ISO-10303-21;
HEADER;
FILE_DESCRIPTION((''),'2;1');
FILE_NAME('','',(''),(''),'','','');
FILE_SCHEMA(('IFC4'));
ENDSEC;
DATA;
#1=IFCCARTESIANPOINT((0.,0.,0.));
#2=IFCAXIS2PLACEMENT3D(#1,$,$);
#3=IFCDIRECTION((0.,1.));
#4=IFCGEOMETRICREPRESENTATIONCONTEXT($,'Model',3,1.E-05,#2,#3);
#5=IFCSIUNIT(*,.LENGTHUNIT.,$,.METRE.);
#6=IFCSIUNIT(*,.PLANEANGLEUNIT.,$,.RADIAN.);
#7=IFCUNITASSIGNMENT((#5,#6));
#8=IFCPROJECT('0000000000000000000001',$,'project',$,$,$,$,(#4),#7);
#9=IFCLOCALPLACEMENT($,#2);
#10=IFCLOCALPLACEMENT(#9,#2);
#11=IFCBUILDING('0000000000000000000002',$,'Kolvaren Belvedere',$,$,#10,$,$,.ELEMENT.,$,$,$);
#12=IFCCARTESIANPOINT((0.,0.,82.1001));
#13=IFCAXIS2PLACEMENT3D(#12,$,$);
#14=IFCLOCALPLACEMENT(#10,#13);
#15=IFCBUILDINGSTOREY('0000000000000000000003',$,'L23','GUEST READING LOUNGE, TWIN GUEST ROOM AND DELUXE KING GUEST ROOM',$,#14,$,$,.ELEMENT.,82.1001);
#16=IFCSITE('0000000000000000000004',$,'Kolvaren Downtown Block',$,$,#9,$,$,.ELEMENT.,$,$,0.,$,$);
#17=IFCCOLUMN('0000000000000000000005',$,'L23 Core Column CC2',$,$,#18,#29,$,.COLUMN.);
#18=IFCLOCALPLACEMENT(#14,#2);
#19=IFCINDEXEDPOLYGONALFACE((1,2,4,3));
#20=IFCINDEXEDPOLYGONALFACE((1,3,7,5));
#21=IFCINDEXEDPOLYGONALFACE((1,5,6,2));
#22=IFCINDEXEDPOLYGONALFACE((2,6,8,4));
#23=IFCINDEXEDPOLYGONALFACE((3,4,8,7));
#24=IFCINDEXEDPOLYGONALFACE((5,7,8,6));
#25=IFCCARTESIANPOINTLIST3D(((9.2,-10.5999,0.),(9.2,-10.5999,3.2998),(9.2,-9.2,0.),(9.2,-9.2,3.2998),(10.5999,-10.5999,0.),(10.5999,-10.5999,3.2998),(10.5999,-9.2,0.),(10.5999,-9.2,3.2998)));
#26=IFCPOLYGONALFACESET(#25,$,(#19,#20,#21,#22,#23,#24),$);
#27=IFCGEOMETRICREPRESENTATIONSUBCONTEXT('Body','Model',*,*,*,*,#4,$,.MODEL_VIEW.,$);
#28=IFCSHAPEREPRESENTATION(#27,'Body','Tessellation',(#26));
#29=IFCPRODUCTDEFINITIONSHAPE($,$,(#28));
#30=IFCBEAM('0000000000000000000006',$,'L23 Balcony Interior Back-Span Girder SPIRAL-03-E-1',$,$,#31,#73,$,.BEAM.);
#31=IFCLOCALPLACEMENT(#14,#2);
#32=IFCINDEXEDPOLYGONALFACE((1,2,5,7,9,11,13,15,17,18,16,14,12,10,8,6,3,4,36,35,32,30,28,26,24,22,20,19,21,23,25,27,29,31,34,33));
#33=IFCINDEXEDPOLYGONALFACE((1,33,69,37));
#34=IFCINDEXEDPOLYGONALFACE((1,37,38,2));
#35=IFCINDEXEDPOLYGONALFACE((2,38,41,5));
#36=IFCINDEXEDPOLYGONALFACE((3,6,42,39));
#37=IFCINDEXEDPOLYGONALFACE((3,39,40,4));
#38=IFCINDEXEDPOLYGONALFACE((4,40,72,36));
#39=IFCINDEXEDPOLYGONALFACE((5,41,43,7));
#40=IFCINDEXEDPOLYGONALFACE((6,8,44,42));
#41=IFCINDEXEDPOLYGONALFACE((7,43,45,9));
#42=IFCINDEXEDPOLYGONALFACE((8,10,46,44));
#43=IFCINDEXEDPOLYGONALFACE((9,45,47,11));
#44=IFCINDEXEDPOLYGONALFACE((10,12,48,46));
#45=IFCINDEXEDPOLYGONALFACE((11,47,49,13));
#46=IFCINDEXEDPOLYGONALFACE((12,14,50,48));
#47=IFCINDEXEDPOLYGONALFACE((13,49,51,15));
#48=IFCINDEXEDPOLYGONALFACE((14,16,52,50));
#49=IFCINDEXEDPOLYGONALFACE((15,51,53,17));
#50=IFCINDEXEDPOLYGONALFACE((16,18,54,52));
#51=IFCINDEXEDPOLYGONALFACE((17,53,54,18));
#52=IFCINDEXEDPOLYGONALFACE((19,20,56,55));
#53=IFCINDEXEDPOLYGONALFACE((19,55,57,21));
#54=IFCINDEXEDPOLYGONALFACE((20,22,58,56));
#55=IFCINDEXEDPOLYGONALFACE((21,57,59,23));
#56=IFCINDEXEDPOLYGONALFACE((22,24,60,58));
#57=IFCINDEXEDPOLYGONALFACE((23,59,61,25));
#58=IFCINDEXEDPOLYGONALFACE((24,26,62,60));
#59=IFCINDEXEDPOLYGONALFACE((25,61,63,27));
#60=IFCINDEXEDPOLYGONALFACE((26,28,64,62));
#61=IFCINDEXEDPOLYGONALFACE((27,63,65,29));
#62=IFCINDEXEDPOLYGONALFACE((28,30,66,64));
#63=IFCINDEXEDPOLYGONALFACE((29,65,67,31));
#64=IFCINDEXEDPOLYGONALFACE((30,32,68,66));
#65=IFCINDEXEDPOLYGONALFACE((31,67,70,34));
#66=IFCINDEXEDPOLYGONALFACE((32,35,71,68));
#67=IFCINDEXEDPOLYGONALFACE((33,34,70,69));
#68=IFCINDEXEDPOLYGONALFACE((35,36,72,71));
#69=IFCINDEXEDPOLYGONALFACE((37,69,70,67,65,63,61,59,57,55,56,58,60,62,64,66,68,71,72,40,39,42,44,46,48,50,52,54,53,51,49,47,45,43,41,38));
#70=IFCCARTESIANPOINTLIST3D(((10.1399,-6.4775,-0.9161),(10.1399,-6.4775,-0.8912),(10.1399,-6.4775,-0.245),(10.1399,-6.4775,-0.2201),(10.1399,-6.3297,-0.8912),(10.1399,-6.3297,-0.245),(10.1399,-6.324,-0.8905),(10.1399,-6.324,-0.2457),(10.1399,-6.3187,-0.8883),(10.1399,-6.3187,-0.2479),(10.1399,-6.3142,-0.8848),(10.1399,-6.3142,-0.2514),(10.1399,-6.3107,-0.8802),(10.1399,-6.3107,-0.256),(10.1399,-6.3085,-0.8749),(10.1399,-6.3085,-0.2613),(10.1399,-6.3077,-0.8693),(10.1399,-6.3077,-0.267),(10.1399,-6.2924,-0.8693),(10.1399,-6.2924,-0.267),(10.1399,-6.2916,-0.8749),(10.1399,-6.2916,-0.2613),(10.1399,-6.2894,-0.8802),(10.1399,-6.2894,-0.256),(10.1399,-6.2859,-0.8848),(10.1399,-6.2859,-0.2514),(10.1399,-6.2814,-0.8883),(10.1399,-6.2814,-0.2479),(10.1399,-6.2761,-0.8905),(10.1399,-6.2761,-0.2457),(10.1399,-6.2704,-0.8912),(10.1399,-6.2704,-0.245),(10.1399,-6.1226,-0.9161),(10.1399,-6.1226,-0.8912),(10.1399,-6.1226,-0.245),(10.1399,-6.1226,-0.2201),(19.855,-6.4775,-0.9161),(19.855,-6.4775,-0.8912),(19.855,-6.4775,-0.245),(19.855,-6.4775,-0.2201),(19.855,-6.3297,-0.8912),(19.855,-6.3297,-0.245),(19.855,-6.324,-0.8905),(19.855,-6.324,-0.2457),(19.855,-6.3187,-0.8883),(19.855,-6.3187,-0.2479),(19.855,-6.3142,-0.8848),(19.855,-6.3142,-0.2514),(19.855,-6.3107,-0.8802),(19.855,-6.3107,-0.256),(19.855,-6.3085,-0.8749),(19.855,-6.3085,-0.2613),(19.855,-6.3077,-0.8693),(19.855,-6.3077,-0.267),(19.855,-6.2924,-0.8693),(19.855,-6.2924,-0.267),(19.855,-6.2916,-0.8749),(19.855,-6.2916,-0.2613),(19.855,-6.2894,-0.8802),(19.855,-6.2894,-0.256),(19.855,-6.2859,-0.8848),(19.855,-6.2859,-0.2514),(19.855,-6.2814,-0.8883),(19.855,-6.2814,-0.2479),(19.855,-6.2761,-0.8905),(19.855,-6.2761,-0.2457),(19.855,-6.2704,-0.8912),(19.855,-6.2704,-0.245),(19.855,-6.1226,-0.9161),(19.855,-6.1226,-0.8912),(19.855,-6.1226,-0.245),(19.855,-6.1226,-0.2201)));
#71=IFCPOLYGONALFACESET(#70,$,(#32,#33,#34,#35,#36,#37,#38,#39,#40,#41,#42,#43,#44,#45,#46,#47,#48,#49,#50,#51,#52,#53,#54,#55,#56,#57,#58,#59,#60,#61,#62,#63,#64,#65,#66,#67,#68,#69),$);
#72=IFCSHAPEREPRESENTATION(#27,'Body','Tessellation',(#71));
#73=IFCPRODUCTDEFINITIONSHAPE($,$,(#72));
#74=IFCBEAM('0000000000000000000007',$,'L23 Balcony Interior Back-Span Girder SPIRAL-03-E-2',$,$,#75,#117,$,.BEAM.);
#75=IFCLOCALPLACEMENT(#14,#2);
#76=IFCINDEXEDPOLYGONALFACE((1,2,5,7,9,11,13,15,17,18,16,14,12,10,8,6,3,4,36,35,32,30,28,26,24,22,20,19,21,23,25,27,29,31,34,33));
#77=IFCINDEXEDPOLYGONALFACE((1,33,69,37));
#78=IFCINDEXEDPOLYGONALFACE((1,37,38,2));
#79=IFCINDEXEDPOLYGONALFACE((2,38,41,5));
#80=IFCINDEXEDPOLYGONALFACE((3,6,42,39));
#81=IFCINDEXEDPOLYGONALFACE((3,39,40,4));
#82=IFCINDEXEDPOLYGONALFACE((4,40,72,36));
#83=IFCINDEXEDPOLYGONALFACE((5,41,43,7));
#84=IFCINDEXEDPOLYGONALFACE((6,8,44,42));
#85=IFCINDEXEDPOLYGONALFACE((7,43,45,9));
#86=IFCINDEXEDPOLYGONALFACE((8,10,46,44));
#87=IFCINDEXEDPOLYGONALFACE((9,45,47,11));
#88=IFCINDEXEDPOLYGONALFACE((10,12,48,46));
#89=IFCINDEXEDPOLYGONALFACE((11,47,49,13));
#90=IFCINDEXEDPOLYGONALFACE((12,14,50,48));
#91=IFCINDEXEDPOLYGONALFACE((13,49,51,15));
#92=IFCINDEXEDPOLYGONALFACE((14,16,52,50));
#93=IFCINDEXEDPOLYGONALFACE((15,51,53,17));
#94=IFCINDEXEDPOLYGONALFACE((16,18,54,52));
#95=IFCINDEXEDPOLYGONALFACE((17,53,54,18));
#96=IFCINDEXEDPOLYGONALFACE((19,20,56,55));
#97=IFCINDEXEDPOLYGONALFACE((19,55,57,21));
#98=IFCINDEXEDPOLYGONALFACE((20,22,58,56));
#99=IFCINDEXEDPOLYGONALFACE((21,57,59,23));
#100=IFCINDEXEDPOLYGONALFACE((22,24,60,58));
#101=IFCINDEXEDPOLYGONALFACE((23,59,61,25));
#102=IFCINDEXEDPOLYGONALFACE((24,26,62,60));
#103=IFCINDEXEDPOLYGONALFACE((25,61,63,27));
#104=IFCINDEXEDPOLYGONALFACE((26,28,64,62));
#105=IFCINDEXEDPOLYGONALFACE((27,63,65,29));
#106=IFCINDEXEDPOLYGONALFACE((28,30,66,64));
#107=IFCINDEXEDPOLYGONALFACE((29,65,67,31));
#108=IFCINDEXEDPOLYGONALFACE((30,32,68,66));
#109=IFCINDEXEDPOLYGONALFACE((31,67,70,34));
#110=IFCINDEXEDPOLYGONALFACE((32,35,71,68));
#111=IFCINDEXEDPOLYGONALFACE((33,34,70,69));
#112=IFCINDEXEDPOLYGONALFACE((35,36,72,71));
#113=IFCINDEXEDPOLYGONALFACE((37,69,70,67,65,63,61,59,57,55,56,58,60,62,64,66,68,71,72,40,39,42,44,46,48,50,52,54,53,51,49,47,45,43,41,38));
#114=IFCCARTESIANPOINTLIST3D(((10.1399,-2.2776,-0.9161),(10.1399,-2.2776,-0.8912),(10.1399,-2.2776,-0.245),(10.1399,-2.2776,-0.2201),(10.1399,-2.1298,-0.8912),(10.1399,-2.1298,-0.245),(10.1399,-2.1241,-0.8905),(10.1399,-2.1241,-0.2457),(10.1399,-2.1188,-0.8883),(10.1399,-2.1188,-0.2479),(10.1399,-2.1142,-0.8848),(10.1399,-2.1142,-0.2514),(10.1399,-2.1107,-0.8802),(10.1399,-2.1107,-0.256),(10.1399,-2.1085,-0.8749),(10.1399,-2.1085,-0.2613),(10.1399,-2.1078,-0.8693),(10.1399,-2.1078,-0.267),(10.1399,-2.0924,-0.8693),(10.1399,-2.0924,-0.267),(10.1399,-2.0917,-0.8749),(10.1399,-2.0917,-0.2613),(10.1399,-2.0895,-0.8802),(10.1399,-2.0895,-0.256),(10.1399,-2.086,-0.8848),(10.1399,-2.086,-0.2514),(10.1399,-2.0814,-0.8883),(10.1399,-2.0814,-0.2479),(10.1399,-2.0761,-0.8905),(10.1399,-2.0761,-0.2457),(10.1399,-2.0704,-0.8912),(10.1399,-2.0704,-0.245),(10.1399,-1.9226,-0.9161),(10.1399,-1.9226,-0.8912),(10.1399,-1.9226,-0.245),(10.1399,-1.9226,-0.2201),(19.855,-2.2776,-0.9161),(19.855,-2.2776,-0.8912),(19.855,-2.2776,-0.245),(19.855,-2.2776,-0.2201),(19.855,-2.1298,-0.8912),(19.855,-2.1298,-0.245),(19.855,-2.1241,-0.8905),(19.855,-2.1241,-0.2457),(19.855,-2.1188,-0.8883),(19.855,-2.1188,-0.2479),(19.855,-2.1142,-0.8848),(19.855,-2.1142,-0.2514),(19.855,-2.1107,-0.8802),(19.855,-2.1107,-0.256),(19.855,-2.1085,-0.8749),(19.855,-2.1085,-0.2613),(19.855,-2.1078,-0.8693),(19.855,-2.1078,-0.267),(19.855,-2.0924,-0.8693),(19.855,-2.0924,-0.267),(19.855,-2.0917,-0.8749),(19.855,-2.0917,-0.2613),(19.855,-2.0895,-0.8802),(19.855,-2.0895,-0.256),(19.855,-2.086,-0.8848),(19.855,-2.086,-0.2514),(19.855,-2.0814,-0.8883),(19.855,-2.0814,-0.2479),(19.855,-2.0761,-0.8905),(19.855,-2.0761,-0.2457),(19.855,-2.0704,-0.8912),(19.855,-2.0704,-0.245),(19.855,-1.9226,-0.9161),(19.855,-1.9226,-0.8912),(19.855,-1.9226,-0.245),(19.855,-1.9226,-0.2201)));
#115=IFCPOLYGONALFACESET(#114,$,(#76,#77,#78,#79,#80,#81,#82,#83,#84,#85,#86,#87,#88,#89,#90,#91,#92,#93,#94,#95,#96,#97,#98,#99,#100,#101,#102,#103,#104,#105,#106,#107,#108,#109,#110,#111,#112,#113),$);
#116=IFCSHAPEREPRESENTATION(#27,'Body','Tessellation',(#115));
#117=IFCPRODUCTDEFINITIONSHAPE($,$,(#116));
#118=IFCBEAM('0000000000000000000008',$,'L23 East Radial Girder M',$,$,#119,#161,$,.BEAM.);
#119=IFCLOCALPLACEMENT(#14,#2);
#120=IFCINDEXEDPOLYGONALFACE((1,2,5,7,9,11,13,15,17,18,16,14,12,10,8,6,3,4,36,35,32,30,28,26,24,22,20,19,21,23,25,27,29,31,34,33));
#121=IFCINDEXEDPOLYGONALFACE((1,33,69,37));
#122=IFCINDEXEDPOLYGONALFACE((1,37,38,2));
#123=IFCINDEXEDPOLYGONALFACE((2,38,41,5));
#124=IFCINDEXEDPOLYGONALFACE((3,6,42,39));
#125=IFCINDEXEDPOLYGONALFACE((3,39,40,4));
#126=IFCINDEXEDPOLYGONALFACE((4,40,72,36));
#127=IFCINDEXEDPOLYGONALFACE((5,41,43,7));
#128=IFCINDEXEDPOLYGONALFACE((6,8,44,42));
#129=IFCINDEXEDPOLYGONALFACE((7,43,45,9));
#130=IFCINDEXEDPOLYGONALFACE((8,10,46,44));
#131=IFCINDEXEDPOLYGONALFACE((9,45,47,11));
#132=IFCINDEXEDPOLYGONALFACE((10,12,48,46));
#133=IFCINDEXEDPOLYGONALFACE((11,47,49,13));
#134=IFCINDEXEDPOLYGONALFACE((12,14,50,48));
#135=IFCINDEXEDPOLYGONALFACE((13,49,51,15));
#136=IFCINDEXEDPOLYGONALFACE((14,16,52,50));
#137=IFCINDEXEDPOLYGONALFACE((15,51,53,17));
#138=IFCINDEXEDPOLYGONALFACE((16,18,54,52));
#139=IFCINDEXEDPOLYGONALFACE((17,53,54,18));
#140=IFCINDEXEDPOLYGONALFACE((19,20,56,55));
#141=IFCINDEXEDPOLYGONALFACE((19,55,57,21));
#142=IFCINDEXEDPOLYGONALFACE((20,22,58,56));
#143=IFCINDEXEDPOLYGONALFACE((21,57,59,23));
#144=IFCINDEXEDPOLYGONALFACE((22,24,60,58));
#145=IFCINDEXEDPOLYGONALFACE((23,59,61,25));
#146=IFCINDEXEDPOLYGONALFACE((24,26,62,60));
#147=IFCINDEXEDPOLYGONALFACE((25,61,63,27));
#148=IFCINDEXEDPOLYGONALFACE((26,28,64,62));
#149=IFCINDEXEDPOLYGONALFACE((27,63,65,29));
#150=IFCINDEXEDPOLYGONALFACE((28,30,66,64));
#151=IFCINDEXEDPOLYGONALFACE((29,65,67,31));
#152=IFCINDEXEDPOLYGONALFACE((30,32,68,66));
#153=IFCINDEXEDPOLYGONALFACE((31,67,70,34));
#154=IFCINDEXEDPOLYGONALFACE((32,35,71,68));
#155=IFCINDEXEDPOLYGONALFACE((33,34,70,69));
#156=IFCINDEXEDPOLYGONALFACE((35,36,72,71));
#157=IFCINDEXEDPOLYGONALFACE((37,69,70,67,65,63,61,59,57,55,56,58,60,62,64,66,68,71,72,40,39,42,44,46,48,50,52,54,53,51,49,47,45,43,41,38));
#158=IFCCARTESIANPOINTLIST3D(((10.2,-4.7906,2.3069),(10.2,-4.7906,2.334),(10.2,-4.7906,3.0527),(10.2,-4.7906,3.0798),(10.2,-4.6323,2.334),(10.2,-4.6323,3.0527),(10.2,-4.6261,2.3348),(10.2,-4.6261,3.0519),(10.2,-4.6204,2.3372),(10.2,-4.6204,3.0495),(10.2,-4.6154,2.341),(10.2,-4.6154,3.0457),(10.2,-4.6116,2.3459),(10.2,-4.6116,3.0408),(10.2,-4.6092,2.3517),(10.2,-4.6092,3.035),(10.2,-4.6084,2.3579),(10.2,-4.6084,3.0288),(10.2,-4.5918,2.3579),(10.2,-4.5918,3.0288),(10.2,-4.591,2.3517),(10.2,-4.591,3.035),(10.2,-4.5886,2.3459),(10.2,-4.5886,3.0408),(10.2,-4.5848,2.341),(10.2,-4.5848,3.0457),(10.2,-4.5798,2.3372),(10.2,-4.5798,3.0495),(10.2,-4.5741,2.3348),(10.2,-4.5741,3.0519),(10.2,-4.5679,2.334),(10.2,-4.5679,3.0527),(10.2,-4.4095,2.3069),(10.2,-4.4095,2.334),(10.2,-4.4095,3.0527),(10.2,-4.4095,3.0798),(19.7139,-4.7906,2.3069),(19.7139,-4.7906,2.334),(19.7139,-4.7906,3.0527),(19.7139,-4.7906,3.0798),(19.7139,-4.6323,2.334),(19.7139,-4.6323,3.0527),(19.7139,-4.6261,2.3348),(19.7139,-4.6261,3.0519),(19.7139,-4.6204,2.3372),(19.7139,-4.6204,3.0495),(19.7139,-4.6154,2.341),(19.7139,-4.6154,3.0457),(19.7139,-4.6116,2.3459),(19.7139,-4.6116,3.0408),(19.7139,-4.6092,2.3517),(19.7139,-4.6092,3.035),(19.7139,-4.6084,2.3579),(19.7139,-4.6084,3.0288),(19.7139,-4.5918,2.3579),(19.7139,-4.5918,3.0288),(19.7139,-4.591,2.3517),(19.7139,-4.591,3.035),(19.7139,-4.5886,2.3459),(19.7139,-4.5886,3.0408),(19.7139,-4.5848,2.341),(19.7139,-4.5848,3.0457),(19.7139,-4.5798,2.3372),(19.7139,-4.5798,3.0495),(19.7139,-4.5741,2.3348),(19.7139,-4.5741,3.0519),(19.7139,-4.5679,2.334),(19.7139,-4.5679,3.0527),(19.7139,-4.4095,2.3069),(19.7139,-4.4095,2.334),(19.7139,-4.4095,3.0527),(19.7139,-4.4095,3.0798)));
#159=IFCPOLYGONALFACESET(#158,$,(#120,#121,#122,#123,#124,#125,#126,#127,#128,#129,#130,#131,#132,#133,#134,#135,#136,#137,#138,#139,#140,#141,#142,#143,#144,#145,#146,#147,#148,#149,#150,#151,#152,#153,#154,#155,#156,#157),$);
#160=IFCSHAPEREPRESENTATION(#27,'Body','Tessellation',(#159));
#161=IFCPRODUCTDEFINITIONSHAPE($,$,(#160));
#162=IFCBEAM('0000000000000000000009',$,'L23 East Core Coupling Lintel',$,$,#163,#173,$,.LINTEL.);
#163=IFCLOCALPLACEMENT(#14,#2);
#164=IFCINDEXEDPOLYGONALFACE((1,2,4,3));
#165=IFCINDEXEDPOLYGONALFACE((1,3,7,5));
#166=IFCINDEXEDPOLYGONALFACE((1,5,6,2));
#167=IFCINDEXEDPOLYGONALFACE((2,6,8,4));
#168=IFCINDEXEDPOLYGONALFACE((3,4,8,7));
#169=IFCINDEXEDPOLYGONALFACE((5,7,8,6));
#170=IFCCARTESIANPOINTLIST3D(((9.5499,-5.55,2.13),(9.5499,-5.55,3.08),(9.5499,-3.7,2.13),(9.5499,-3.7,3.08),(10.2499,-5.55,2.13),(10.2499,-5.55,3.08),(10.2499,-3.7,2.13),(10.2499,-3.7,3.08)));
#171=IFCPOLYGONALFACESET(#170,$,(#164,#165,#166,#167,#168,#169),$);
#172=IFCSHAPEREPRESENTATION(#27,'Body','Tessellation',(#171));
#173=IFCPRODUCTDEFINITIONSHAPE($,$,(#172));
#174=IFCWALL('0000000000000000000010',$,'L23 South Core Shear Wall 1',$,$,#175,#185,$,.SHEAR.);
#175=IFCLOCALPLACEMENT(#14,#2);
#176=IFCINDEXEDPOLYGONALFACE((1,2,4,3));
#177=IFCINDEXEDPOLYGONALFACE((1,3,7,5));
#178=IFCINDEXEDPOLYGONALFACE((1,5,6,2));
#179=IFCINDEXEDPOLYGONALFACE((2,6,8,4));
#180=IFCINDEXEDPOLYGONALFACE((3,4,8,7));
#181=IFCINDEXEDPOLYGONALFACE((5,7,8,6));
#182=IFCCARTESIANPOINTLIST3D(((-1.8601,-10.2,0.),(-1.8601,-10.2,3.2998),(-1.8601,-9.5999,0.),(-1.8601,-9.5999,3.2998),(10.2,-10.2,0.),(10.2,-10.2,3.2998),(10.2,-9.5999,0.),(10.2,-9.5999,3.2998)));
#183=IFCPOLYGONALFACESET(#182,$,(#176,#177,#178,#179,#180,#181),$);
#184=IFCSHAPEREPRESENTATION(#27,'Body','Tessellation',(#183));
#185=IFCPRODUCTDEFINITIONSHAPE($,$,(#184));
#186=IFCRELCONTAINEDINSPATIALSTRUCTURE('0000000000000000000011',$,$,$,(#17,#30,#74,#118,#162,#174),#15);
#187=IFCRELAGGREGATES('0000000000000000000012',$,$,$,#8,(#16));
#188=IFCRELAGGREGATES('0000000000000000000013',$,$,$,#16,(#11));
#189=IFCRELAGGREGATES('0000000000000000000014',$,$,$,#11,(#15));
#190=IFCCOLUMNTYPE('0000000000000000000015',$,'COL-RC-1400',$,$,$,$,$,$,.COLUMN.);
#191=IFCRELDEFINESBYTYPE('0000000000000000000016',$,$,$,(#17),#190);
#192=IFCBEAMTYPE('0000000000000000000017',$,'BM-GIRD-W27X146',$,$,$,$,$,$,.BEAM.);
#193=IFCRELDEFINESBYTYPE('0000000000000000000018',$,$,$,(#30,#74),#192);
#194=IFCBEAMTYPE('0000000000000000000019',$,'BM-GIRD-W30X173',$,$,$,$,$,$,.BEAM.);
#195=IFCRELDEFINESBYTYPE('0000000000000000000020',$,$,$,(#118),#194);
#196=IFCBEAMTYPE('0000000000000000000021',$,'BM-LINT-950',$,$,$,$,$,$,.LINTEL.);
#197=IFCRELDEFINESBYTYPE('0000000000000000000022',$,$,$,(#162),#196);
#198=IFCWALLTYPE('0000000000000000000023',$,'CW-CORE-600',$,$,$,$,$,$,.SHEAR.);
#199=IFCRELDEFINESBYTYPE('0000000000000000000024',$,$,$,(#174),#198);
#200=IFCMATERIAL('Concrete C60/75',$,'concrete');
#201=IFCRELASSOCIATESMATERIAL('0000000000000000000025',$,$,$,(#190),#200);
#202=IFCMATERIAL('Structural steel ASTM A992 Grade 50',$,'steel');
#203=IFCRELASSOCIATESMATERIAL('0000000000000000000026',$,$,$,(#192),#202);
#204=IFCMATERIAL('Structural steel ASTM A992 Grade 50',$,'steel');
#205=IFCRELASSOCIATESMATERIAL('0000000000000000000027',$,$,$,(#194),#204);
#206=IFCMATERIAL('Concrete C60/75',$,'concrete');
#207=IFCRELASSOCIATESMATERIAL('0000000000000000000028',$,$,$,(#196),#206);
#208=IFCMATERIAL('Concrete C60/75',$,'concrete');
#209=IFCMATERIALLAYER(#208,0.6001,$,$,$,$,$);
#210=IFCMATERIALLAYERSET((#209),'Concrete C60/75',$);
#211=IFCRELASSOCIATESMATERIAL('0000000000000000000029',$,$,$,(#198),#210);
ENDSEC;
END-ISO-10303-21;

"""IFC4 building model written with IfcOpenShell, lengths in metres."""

from ifc_helpers import new_model, si_unit, direction, frame, frame_2d, origin, origin_2d, place, context, subcontext, project, spatial, rectangle, i_section, extrude, material, layer, layer_set, material_profile, profile_set, type_object, element, save


model = new_model("IFC4")

# Units and contexts
model_context = context("Model", 3, precision=1e-05, world=origin(), true_north=direction((0.0, 1.0)))
body_context = subcontext(model_context, "Body", "Model", "MODEL_VIEW")
ifc_project = project(units=[si_unit("LENGTHUNIT", "METRE"), si_unit("PLANEANGLEUNIT", "RADIAN")], contexts=[model_context])

# Site, building, storey
site_placement = place(None, origin())
site = spatial("IfcSite", under=ifc_project, at=site_placement, Name="Kolvaren Downtown Block", CompositionType="ELEMENT", RefElevation=0.0)
building_placement = place(site_placement, origin())
building = spatial("IfcBuilding", under=site, at=building_placement, Name="Kolvaren Belvedere", CompositionType="ELEMENT")
storey_placement = place(building_placement, frame((0.0, 0.0, 82.1001)))
storey = spatial("IfcBuildingStorey", under=building, at=storey_placement, Name="L23", Description="GUEST READING LOUNGE, TWIN GUEST ROOM AND DELUXE KING GUEST ROOM", CompositionType="ELEMENT", Elevation=82.1001)

# Column
ifc_material_1 = material(Name="Concrete C60/75", Category="concrete")
ifc_material_profile_1 = material_profile(ifc_material_1, rectangle(XDim=1.3999, YDim=1.3999, at=origin_2d()), Name="RC 1400X1400")
ifc_profile_set_1 = profile_set([ifc_material_profile_1], Name="Concrete C60/75")
column_type = type_object("IfcColumnType", Name="COL-RC-1400", PredefinedType="COLUMN", material=ifc_profile_set_1)
column_placement = place(storey_placement, frame((9.8999, -9.8999, 0.0), z_axis=(0.0, 0.0, 1.0), x_axis=(1.0, 0.0, 0.0)))
element("IfcColumn", 1, at=column_placement, inside=storey, type_object=column_type, Name="L23 Core Column CC2", PredefinedType="COLUMN", context=body_context, shape_type="SweptSolid", body=[
    extrude(rectangle(XDim=1.3999, YDim=1.3999, at=origin_2d()), origin(), (0.0, 0.0, 1.0), 3.2998),
])

# Beams
ifc_material_2 = material(Name="Structural steel ASTM A992 Grade 50", Category="steel")
ifc_material_profile_2 = material_profile(ifc_material_2, i_section(OverallWidth=0.355, OverallDepth=0.696, WebThickness=0.0154, FlangeThickness=0.0249, FilletRadius=0.022, at=origin_2d()), Name="W27X146")
ifc_profile_set_2 = profile_set([ifc_material_profile_2], Name="Structural steel ASTM A992 Grade 50")
beam_type_1 = type_object("IfcBeamType", Name="BM-GIRD-W27X146", PredefinedType="BEAM", material=ifc_profile_set_2)
for number, where, z_axis, x_axis, name in (
    (2, (10.1399, -6.3, -0.5681), (1.0, 0.0, 0.0), (0.0, 1.0, 0.0), "L23 Balcony Interior Back-Span Girder SPIRAL-03-E-1"),
    (3, (10.1399, -2.1001, -0.5681), (1.0, 0.0, 0.0), (0.0, 1.0, 0.0), "L23 Balcony Interior Back-Span Girder SPIRAL-03-E-2"),
):
    element("IfcBeam", number, at=place(storey_placement, frame(where, z_axis=z_axis, x_axis=x_axis)), inside=storey, type_object=beam_type_1, Name=name, PredefinedType="BEAM", context=body_context, shape_type="SweptSolid", body=[
        extrude(i_section(OverallWidth=0.355, OverallDepth=0.696, WebThickness=0.0154, FlangeThickness=0.0249, FilletRadius=0.022, at=origin_2d()), origin(), (0.0, 0.0, 1.0), 9.7151),
    ])
ifc_material_3 = material(Name="Structural steel ASTM A992 Grade 50", Category="steel")
ifc_material_profile_3 = material_profile(ifc_material_3, i_section(OverallWidth=0.3811, OverallDepth=0.7729, WebThickness=0.0166, FlangeThickness=0.0271, FilletRadius=0.0239, at=origin_2d()), Name="W30X173")
ifc_profile_set_3 = profile_set([ifc_material_profile_3], Name="Structural steel ASTM A992 Grade 50")
beam_type_2 = type_object("IfcBeamType", Name="BM-GIRD-W30X173", PredefinedType="BEAM", material=ifc_profile_set_3)
beam_1_placement = place(storey_placement, frame((10.2, -4.6001, 2.6934), z_axis=(1.0, 0.0, 0.0), x_axis=(0.0, 1.0, 0.0)))
element("IfcBeam", 4, at=beam_1_placement, inside=storey, type_object=beam_type_2, Name="L23 East Radial Girder M", PredefinedType="BEAM", context=body_context, shape_type="SweptSolid", body=[
    extrude(i_section(OverallWidth=0.3811, OverallDepth=0.7729, WebThickness=0.0166, FlangeThickness=0.0271, FilletRadius=0.0239, at=origin_2d()), origin(), (0.0, 0.0, 1.0), 9.5139),
])
ifc_material_4 = material(Name="Concrete C60/75", Category="concrete")
ifc_material_profile_4 = material_profile(ifc_material_4, rectangle(XDim=0.7, YDim=0.95, at=origin_2d()), Name="RC 700X950")
ifc_profile_set_4 = profile_set([ifc_material_profile_4], Name="Concrete C60/75")
beam_type_3 = type_object("IfcBeamType", Name="BM-LINT-950", PredefinedType="LINTEL", material=ifc_profile_set_4)
beam_2_placement = place(storey_placement, frame((9.8999, -5.55, 2.605), z_axis=(0.0, 1.0, 0.0), x_axis=(-1.0, 0.0, 0.0)))
element("IfcBeam", 5, at=beam_2_placement, inside=storey, type_object=beam_type_3, Name="L23 East Core Coupling Lintel", PredefinedType="LINTEL", context=body_context, shape_type="SweptSolid", body=[
    extrude(rectangle(XDim=0.7, YDim=0.95, at=origin_2d()), origin(), (0.0, 0.0, 1.0), 1.8501),
])

# Wall
ifc_material_5 = material(Name="Concrete C60/75", Category="concrete")
ifc_layer_1 = layer(ifc_material_5, 0.6001)
ifc_layer_set_1 = layer_set([ifc_layer_1], Name="Concrete C60/75")
wall_type_1 = type_object("IfcWallType", Name="CW-CORE-600", PredefinedType="SHEAR", material=ifc_layer_set_1)
wall_1_placement = place(storey_placement, frame((10.2, -9.8999, 0.0), z_axis=(0.0, 0.0, 1.0), x_axis=(-1.0, 0.0, 0.0)))
element("IfcWall", 6, at=wall_1_placement, inside=storey, type_object=wall_type_1, Name="L23 South Core Shear Wall 1", PredefinedType="SHEAR", context=body_context, shape_type="SweptSolid", body=[
    extrude(rectangle(XDim=12.0601, YDim=0.6001, at=frame_2d((6.03, 0.0))), origin(), (0.0, 0.0, 1.0), 3.2998),
])

save(model, "model.ifc")
